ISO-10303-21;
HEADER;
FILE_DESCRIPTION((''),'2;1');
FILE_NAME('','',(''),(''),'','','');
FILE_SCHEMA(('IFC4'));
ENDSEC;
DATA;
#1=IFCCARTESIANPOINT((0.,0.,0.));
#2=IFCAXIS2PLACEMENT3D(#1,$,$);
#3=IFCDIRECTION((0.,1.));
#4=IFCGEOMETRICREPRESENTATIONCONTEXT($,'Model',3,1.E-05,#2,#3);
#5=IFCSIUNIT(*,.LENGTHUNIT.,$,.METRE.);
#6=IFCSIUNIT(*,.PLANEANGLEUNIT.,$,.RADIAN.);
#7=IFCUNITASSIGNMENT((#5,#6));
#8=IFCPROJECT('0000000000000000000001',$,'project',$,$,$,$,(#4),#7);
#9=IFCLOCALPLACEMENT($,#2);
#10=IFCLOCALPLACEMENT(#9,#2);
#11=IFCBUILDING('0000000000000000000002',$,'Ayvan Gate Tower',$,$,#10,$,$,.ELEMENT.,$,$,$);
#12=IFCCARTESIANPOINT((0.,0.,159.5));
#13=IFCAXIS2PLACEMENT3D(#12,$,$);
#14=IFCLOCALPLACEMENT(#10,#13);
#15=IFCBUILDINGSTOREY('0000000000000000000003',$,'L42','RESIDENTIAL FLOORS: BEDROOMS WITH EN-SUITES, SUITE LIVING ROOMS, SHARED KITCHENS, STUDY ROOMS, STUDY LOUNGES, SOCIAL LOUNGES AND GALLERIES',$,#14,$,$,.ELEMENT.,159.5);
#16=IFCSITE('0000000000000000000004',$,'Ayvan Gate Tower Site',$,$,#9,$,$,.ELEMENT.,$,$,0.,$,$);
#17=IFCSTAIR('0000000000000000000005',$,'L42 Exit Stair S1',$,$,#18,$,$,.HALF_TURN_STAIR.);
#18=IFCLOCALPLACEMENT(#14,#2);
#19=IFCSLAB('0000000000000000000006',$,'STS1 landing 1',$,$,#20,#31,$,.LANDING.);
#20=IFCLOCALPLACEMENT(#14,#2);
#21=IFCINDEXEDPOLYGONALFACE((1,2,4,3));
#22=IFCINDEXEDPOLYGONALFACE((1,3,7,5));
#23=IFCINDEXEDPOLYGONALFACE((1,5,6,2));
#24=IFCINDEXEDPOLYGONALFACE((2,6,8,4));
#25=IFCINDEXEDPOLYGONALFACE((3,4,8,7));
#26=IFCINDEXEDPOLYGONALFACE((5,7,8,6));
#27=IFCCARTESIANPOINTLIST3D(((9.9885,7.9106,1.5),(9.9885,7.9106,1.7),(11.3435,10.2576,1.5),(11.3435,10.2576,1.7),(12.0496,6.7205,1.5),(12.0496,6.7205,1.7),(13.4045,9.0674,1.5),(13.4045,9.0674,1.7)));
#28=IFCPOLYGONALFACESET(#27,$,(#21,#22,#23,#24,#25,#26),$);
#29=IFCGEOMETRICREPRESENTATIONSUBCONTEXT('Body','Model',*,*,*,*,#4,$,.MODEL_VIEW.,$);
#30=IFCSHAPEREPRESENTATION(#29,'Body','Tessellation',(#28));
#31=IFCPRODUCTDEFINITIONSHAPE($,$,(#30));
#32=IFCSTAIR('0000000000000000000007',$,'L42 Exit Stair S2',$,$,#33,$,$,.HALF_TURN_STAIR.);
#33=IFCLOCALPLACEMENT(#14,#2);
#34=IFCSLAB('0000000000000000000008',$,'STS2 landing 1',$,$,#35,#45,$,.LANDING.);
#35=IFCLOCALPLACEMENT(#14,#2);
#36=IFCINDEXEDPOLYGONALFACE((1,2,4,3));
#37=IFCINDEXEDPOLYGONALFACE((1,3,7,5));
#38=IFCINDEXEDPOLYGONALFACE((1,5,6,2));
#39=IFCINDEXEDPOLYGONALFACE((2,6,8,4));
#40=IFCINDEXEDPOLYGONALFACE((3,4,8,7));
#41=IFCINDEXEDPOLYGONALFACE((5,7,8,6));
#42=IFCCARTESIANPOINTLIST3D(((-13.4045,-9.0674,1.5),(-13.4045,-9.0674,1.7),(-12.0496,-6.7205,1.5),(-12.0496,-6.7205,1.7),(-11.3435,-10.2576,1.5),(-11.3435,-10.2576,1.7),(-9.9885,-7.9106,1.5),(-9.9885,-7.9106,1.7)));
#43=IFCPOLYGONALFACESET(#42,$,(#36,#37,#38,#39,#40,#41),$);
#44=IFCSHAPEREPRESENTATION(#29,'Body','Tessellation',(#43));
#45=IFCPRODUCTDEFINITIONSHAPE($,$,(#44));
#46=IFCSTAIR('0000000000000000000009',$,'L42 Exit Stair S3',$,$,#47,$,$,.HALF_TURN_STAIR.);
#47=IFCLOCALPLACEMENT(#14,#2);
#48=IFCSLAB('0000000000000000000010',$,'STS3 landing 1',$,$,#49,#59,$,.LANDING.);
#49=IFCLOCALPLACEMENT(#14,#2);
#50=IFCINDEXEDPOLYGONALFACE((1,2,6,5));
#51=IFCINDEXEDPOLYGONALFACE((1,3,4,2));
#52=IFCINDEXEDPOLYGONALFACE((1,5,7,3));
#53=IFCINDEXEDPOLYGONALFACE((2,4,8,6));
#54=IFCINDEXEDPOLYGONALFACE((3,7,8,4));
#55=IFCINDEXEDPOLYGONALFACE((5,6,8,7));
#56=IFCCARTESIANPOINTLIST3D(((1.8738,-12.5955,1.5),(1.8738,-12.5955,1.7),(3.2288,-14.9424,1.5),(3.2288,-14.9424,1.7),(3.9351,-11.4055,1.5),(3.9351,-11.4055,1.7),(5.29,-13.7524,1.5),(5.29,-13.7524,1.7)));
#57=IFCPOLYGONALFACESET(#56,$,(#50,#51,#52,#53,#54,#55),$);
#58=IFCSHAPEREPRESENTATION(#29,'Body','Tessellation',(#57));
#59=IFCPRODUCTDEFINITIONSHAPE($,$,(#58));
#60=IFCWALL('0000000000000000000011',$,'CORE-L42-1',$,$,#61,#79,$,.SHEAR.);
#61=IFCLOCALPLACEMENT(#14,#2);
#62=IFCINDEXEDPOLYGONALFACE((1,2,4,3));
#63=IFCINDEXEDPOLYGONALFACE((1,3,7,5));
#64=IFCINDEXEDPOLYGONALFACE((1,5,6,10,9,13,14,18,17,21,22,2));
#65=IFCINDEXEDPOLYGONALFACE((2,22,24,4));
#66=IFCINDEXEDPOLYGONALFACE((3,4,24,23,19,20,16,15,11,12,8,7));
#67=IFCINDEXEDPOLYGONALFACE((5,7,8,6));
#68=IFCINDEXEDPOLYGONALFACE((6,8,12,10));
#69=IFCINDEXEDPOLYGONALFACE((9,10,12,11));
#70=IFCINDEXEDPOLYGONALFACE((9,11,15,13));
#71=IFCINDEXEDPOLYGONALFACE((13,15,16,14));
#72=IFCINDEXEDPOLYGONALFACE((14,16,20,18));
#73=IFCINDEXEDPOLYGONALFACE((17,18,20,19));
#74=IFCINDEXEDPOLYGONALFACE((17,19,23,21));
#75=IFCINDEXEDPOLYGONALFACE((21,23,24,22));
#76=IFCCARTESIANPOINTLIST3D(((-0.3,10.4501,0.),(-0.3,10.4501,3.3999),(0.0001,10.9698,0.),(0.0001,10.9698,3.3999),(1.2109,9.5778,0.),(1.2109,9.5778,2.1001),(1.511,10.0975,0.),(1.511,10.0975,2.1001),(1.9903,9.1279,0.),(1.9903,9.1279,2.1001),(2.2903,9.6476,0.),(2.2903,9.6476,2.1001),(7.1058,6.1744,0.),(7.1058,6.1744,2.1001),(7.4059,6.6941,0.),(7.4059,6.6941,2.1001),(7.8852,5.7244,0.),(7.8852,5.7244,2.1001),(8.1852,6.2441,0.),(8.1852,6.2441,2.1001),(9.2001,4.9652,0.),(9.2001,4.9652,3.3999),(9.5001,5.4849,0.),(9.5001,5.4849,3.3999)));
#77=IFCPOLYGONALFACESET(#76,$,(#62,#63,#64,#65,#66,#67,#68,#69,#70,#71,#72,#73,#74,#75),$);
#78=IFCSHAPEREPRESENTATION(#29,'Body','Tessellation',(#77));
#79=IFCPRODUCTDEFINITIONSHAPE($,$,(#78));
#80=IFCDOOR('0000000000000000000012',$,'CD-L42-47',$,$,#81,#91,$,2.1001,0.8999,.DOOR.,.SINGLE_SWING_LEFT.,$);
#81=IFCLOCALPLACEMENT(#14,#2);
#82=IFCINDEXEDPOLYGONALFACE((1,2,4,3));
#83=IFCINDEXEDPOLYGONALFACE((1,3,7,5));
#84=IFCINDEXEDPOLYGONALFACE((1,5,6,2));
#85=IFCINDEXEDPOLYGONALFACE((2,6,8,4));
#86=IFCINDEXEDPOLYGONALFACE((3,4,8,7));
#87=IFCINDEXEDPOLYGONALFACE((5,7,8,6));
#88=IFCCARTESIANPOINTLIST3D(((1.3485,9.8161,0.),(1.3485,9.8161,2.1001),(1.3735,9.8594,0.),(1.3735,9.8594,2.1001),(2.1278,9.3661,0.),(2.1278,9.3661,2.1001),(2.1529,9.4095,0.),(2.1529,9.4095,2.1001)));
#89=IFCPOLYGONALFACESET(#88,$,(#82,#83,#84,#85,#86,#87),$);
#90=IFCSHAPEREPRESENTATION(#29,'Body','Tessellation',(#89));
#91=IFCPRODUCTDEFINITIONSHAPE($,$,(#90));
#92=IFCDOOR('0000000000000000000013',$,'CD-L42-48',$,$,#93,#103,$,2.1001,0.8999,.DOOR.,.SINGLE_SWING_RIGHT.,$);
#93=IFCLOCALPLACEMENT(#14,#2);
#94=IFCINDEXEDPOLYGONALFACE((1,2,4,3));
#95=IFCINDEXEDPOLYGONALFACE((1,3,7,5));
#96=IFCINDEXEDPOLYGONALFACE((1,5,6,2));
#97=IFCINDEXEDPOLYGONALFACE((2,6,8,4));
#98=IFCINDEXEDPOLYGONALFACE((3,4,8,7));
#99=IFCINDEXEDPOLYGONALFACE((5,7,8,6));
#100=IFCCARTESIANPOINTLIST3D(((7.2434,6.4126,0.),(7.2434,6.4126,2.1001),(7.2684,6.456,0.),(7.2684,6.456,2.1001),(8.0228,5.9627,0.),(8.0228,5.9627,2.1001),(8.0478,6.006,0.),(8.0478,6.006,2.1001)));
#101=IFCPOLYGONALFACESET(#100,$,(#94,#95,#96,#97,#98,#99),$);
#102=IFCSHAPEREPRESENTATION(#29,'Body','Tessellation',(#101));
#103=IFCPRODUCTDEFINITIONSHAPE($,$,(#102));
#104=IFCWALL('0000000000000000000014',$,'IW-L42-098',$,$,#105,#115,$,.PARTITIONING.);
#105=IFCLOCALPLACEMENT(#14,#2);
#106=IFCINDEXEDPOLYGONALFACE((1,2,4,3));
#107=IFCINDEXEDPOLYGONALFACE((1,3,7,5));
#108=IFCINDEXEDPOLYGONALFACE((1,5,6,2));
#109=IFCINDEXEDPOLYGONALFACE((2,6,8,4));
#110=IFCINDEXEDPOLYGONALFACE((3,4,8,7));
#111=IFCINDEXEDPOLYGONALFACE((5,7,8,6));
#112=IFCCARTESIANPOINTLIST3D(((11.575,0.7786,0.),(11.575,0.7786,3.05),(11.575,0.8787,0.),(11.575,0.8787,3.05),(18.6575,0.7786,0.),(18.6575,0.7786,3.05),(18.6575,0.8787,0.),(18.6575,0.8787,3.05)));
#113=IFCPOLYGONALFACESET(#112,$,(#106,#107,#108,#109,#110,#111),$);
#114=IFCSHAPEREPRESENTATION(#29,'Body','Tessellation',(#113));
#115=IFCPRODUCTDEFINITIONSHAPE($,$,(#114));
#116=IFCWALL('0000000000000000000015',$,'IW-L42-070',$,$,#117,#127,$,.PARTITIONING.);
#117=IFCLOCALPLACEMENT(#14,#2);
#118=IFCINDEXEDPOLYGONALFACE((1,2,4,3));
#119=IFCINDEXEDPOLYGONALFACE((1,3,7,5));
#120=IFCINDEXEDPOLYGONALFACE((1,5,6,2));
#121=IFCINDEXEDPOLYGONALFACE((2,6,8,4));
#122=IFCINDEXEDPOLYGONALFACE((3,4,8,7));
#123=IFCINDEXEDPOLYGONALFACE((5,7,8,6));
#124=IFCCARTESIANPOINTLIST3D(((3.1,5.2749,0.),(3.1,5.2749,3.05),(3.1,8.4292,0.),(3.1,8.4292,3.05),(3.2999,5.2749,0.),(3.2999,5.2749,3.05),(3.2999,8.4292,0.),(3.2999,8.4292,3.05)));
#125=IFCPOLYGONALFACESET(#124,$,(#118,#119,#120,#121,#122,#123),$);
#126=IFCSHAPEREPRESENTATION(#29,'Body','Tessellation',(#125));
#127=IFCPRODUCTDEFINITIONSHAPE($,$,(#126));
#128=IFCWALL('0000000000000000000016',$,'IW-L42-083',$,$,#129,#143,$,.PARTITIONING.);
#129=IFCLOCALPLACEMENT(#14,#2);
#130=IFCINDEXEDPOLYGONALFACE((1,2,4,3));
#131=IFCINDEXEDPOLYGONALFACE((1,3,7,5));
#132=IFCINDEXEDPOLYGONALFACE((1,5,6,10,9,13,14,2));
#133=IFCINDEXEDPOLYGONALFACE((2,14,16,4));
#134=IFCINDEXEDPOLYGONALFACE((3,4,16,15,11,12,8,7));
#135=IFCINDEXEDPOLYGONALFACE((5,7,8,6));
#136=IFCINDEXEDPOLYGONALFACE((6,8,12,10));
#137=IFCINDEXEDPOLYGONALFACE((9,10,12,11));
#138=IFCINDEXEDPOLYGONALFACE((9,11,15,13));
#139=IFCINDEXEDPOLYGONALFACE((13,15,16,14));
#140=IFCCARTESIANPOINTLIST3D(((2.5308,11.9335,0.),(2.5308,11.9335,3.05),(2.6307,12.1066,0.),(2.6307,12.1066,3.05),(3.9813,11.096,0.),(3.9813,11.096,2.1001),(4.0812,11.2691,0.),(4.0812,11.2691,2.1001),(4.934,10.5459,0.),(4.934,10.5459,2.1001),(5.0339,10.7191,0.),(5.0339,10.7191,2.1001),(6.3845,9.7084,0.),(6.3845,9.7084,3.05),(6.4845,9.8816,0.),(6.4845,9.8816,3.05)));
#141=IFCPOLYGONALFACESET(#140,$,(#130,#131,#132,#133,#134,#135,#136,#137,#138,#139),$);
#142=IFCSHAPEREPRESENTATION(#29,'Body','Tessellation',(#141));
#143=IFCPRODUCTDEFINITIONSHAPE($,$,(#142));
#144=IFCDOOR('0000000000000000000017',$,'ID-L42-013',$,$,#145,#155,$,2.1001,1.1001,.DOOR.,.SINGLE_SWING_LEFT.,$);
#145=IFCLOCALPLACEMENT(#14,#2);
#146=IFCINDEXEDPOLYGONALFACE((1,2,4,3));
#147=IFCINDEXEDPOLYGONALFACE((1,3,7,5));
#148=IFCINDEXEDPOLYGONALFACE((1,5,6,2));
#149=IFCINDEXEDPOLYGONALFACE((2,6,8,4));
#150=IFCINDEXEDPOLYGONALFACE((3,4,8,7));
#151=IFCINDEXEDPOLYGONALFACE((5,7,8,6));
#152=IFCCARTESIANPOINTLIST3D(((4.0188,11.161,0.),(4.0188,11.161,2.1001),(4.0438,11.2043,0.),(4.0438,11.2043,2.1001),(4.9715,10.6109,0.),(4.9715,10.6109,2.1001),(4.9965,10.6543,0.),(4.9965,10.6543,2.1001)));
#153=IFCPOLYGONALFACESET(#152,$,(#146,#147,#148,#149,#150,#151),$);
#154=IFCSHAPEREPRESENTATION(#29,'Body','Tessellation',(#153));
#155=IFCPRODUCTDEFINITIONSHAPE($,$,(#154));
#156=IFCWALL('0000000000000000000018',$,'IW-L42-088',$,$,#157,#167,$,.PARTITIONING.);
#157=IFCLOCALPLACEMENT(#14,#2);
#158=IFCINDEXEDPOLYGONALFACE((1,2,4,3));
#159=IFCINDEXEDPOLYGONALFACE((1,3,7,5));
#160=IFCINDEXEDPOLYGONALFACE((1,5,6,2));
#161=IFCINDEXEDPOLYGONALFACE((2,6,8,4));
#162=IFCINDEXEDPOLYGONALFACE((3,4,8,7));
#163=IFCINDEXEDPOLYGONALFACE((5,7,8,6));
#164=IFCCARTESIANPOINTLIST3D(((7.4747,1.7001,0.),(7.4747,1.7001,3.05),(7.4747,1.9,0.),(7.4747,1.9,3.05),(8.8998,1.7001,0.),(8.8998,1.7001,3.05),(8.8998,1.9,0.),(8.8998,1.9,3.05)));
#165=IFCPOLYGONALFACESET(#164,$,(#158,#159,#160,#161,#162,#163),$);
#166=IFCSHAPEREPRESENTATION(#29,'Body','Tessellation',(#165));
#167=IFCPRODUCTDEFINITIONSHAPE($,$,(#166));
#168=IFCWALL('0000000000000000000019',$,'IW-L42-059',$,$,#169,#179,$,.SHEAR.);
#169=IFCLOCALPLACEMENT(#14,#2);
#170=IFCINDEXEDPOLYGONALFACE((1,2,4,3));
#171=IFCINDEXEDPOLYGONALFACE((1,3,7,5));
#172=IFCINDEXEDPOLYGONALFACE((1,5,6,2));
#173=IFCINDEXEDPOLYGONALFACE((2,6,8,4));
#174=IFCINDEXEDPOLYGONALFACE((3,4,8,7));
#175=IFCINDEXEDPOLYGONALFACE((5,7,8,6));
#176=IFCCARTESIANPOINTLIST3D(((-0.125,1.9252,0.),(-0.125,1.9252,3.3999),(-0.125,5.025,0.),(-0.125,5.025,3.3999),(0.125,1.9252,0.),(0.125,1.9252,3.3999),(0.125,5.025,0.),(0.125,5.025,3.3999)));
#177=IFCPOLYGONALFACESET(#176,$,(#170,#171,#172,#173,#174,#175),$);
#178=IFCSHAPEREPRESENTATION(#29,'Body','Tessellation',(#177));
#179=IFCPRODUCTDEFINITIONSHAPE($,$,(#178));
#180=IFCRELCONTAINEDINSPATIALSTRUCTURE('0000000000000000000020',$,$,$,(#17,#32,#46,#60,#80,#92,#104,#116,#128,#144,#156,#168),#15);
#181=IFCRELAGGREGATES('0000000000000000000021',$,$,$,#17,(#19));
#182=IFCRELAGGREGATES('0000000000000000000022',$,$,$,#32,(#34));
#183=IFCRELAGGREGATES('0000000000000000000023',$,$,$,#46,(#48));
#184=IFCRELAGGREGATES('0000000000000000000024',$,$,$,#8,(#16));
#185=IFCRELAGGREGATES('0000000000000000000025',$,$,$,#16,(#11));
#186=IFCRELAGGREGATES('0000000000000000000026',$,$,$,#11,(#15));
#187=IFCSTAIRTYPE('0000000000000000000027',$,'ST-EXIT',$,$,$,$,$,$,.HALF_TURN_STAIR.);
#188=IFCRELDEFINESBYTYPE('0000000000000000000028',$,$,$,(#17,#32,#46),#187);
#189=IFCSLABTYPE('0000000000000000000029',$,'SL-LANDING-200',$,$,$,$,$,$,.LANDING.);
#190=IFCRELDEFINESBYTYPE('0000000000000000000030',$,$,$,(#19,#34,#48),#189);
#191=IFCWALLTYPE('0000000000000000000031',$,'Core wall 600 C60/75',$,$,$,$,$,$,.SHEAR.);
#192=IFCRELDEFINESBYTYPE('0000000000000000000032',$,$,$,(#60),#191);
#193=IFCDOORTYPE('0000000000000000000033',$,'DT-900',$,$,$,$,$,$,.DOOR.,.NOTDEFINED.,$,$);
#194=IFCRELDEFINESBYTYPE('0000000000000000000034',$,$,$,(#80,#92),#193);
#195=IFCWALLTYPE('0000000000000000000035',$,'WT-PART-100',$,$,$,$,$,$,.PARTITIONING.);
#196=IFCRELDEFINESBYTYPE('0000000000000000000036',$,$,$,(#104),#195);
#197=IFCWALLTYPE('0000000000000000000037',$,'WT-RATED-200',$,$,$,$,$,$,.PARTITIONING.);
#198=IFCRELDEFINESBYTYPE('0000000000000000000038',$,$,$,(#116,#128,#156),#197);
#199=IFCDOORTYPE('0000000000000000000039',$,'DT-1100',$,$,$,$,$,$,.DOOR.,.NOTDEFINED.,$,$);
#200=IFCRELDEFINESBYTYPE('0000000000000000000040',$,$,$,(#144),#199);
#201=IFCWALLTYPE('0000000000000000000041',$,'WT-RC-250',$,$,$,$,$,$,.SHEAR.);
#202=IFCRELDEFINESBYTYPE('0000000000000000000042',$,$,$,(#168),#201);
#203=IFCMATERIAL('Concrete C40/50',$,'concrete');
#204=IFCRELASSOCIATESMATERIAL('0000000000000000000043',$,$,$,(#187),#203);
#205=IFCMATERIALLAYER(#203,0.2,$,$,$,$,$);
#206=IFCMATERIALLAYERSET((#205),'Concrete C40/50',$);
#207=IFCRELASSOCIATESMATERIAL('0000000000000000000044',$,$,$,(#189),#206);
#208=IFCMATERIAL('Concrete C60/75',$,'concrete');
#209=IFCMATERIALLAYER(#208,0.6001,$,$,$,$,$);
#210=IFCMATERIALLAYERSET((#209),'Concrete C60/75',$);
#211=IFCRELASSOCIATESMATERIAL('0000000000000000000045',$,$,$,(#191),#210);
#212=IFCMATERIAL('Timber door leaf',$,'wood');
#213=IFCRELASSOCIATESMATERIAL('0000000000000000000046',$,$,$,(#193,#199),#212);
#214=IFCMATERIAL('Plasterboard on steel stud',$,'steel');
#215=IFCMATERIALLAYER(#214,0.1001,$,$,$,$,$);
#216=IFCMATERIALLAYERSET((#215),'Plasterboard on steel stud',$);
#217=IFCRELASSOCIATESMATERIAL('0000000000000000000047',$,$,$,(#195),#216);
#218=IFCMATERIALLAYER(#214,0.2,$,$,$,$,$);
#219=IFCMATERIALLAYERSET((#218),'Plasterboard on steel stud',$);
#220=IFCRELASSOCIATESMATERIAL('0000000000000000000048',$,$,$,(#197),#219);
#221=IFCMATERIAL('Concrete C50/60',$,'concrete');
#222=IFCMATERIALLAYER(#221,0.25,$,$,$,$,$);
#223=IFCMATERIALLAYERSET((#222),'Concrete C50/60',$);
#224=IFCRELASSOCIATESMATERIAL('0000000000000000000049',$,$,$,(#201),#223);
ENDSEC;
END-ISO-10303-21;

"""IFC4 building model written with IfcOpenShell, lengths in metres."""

from ifc_helpers import new_model, si_unit, direction, frame, frame_2d, origin, place, context, subcontext, project, spatial, polyline, rectangle, outline, extrude, material, layer, layer_set, type_object, element, fill, aggregate, save


model = new_model("IFC4")

# Units and contexts
model_context = context("Model", 3, precision=1e-05, world=origin(), true_north=direction((0.0, 1.0)))
body_context = subcontext(model_context, "Body", "Model", "MODEL_VIEW")
ifc_project = project(units=[si_unit("LENGTHUNIT", "METRE"), si_unit("PLANEANGLEUNIT", "RADIAN")], contexts=[model_context])

# Site, building, storey
site_placement = place(None, origin())
site = spatial("IfcSite", under=ifc_project, at=site_placement, Name="Ayvan Gate Tower Site", CompositionType="ELEMENT", RefElevation=0.0)
building_placement = place(site_placement, origin())
building = spatial("IfcBuilding", under=site, at=building_placement, Name="Ayvan Gate Tower", CompositionType="ELEMENT")
storey_placement = place(building_placement, frame((0.0, 0.0, 159.5)))
storey = spatial("IfcBuildingStorey", under=building, at=storey_placement, Name="L42", Description="RESIDENTIAL FLOORS: BEDROOMS WITH EN-SUITES, SUITE LIVING ROOMS, SHARED KITCHENS, STUDY ROOMS, STUDY LOUNGES, SOCIAL LOUNGES AND GALLERIES", CompositionType="ELEMENT", Elevation=159.5)

# Stairs, slabs
ifc_material_1 = material(Name="Concrete C40/50", Category="concrete")
stair_type = type_object("IfcStairType", Name="ST-EXIT", PredefinedType="HALF_TURN_STAIR", material=ifc_material_1)
stair_1_placement = place(storey_placement, origin())
stair_1 = element("IfcStair", 1, at=stair_1_placement, inside=storey, type_object=stair_type, Name="L42 Exit Stair S1", PredefinedType="HALF_TURN_STAIR")
ifc_layer_1 = layer(ifc_material_1, 0.2)
ifc_layer_set_1 = layer_set([ifc_layer_1], Name="Concrete C40/50")
slab_type = type_object("IfcSlabType", Name="SL-LANDING-200", PredefinedType="LANDING", material=ifc_layer_set_1)
slab_1_placement = place(storey_placement, frame((0.0, 0.0, 1.5)))
slab_1 = element("IfcSlab", 2, at=slab_1_placement, type_object=slab_type, Name="STS1 landing 1", PredefinedType="LANDING", context=body_context, shape_type="SweptSolid", body=[
    extrude(outline(polyline([(9.9885, 7.9106), (12.0496, 6.7205), (13.4045, 9.0674), (11.3435, 10.2576), (9.9885, 7.9106)])), origin(), (0.0, 0.0, 1.0), 0.2),
])
aggregate(stair_1, [slab_1])
stair_2_placement = place(storey_placement, origin())
stair_2 = element("IfcStair", 3, at=stair_2_placement, inside=storey, type_object=stair_type, Name="L42 Exit Stair S2", PredefinedType="HALF_TURN_STAIR")
slab_2_placement = place(storey_placement, frame((0.0, 0.0, 1.5)))
slab_2 = element("IfcSlab", 4, at=slab_2_placement, type_object=slab_type, Name="STS2 landing 1", PredefinedType="LANDING", context=body_context, shape_type="SweptSolid", body=[
    extrude(outline(polyline([(-9.9885, -7.9106), (-12.0496, -6.7205), (-13.4045, -9.0674), (-11.3435, -10.2576), (-9.9885, -7.9106)])), origin(), (0.0, 0.0, 1.0), 0.2),
])
aggregate(stair_2, [slab_2])
stair_3_placement = place(storey_placement, origin())
stair_3 = element("IfcStair", 5, at=stair_3_placement, inside=storey, type_object=stair_type, Name="L42 Exit Stair S3", PredefinedType="HALF_TURN_STAIR")
slab_3_placement = place(storey_placement, frame((0.0, 0.0, 1.5)))
slab_3 = element("IfcSlab", 6, at=slab_3_placement, type_object=slab_type, Name="STS3 landing 1", PredefinedType="LANDING", context=body_context, shape_type="SweptSolid", body=[
    extrude(outline(polyline([(3.9351, -11.4055), (1.8738, -12.5955), (3.2288, -14.9424), (5.29, -13.7524), (3.9351, -11.4055)])), origin(), (0.0, 0.0, 1.0), 0.2),
])
aggregate(stair_3, [slab_3])

# Wall, openings, doors
ifc_material_2 = material(Name="Concrete C60/75", Category="concrete")
ifc_layer_2 = layer(ifc_material_2, 0.6001)
ifc_layer_set_2 = layer_set([ifc_layer_2], Name="Concrete C60/75")
wall_type_1 = type_object("IfcWallType", Name="Core wall 600 C60/75", PredefinedType="SHEAR", material=ifc_layer_set_2)
wall_1_placement = place(storey_placement, frame((9.3501, 5.2251, 0.0), z_axis=(0.0, 0.0, 1.0), x_axis=(-0.866024, 0.500002, 0.0)))
wall_1 = element("IfcWall", 7, at=wall_1_placement, inside=storey, type_object=wall_type_1, Name="CORE-L42-1", PredefinedType="SHEAR", context=body_context, shape_type="SweptSolid", body=[
    extrude(rectangle(XDim=10.9697, YDim=0.6001, at=frame_2d((5.4849, 0.0))), origin(), (0.0, 0.0, 1.0), 3.3999),
])
opening_1_placement = place(wall_1_placement, frame((8.3252, 0.0, 0.0)))
opening_1 = element("IfcOpeningElement", 8, at=opening_1_placement, cuts=wall_1, PredefinedType="OPENING", context=body_context, shape_type="SweptSolid", body=[
    extrude(rectangle(XDim=0.8999, YDim=2.1001, at=frame_2d((0.45, 1.05))), frame((0.0, 0.3101, 0.0), z_axis=(0.0, -1.0, 0.0), x_axis=(1.0, 0.0, 0.0)), (0.0, 0.0, 1.0), 0.6201),
])
opening_2_placement = place(wall_1_placement, frame((1.5183, 0.0, 0.0)))
opening_2 = element("IfcOpeningElement", 9, at=opening_2_placement, cuts=wall_1, PredefinedType="OPENING", context=body_context, shape_type="SweptSolid", body=[
    extrude(rectangle(XDim=0.8999, YDim=2.1001, at=frame_2d((0.45, 1.05))), frame((0.0, 0.3101, 0.0), z_axis=(0.0, -1.0, 0.0), x_axis=(1.0, 0.0, 0.0)), (0.0, 0.0, 1.0), 0.6201),
])
ifc_material_3 = material(Name="Timber door leaf", Category="wood")
door_type_1 = type_object("IfcDoorType", Name="DT-900", OperationType="NOTDEFINED", PredefinedType="DOOR", material=ifc_material_3)
door_1_placement = place(opening_1_placement, origin())
door_1 = element("IfcDoor", 10, at=door_1_placement, inside=storey, type_object=door_type_1, Name="CD-L42-47", OperationType="SINGLE_SWING_LEFT", OverallHeight=2.1001, OverallWidth=0.8999, PredefinedType="DOOR", context=body_context, shape_type="SweptSolid", body=[
    extrude(rectangle(XDim=0.8999, YDim=2.1001, at=frame_2d((0.45, 1.05))), frame((0.0, 0.0249, 0.0), z_axis=(0.0, -1.0, 0.0), x_axis=(1.0, 0.0, 0.0)), (0.0, 0.0, 1.0), 0.05),
])
fill(opening_1, door_1)
door_2_placement = place(opening_2_placement, origin())
door_2 = element("IfcDoor", 11, at=door_2_placement, inside=storey, type_object=door_type_1, Name="CD-L42-48", OperationType="SINGLE_SWING_RIGHT", OverallHeight=2.1001, OverallWidth=0.8999, PredefinedType="DOOR", context=body_context, shape_type="SweptSolid", body=[
    extrude(rectangle(XDim=0.8999, YDim=2.1001, at=frame_2d((0.45, 1.05))), frame((0.0, 0.0249, 0.0), z_axis=(0.0, -1.0, 0.0), x_axis=(1.0, 0.0, 0.0)), (0.0, 0.0, 1.0), 0.05),
])
fill(opening_2, door_2)

# Walls
ifc_material_4 = material(Name="Plasterboard on steel stud", Category="steel")
ifc_layer_3 = layer(ifc_material_4, 0.1001)
ifc_layer_set_3 = layer_set([ifc_layer_3], Name="Plasterboard on steel stud")
wall_type_2 = type_object("IfcWallType", Name="WT-PART-100", PredefinedType="PARTITIONING", material=ifc_layer_set_3)
wall_2_placement = place(storey_placement, frame((11.575, 0.8286, 0.0), z_axis=(0.0, 0.0, 1.0), x_axis=(1.0, 0.0, 0.0)))
element("IfcWall", 12, at=wall_2_placement, inside=storey, type_object=wall_type_2, Name="IW-L42-098", PredefinedType="PARTITIONING", context=body_context, shape_type="SweptSolid", body=[
    extrude(rectangle(XDim=7.0825, YDim=0.1001, at=frame_2d((3.5413, 0.0))), origin(), (0.0, 0.0, 1.0), 3.05),
])
ifc_layer_4 = layer(ifc_material_4, 0.2)
ifc_layer_set_4 = layer_set([ifc_layer_4], Name="Plasterboard on steel stud")
wall_type_3 = type_object("IfcWallType", Name="WT-RATED-200", PredefinedType="PARTITIONING", material=ifc_layer_set_4)
wall_3_placement = place(storey_placement, frame((3.2, 8.4292, 0.0), z_axis=(0.0, 0.0, 1.0), x_axis=(0.0, -1.0, 0.0)))
element("IfcWall", 13, at=wall_3_placement, inside=storey, type_object=wall_type_3, Name="IW-L42-070", PredefinedType="PARTITIONING", context=body_context, shape_type="SweptSolid", body=[
    extrude(rectangle(XDim=3.1543, YDim=0.2, at=frame_2d((1.5771, 0.0))), origin(), (0.0, 0.0, 1.0), 3.05),
])

# Wall, opening, door
wall_4_placement = place(storey_placement, frame((6.4346, 9.7949, 0.0), z_axis=(0.0, 0.0, 1.0), x_axis=(-0.866013, 0.500022, 0.0)))
wall_4 = element("IfcWall", 14, at=wall_4_placement, inside=storey, type_object=wall_type_3, Name="IW-L42-083", PredefinedType="PARTITIONING", context=body_context, shape_type="SweptSolid", body=[
    extrude(rectangle(XDim=4.45, YDim=0.2, at=frame_2d((2.2251, 0.0))), origin(), (0.0, 0.0, 1.0), 3.05),
])
opening_3_placement = place(wall_4_placement, frame((1.675, 0.0, 0.0)))
opening_3 = element("IfcOpeningElement", 15, at=opening_3_placement, cuts=wall_4, PredefinedType="OPENING", context=body_context, shape_type="SweptSolid", body=[
    extrude(rectangle(XDim=1.1001, YDim=2.1001, at=frame_2d((0.55, 1.05))), frame((0.0, 0.1099, 0.0), z_axis=(0.0, -1.0, 0.0), x_axis=(1.0, 0.0, 0.0)), (0.0, 0.0, 1.0), 0.22),
])
door_type_2 = type_object("IfcDoorType", Name="DT-1100", OperationType="NOTDEFINED", PredefinedType="DOOR", material=ifc_material_3)
door_3_placement = place(opening_3_placement, origin())
door_3 = element("IfcDoor", 16, at=door_3_placement, inside=storey, type_object=door_type_2, Name="ID-L42-013", OperationType="SINGLE_SWING_LEFT", OverallHeight=2.1001, OverallWidth=1.1001, PredefinedType="DOOR", context=body_context, shape_type="SweptSolid", body=[
    extrude(rectangle(XDim=1.1001, YDim=2.1001, at=frame_2d((0.55, 1.05))), frame((0.0, 0.0249, 0.0), z_axis=(0.0, -1.0, 0.0), x_axis=(1.0, 0.0, 0.0)), (0.0, 0.0, 1.0), 0.05),
])
fill(opening_3, door_3)

# Walls
wall_5_placement = place(storey_placement, frame((7.4749, 1.8, 0.0), z_axis=(0.0, 0.0, 1.0), x_axis=(1.0, 0.0, 0.0)))
element("IfcWall", 17, at=wall_5_placement, inside=storey, type_object=wall_type_3, Name="IW-L42-088", PredefinedType="PARTITIONING", context=body_context, shape_type="SweptSolid", body=[
    extrude(rectangle(XDim=1.425, YDim=0.2, at=frame_2d((0.7124, 0.0))), origin(), (0.0, 0.0, 1.0), 3.05),
])
ifc_material_5 = material(Name="Concrete C50/60", Category="concrete")
ifc_layer_5 = layer(ifc_material_5, 0.25)
ifc_layer_set_5 = layer_set([ifc_layer_5], Name="Concrete C50/60")
wall_type_4 = type_object("IfcWallType", Name="WT-RC-250", PredefinedType="SHEAR", material=ifc_layer_set_5)
for number, where, z_axis, x_axis, name in (
    (18, (0.0, 5.0249, 0.0), (0.0, 0.0, 1.0), (0.0, -1.0, 0.0), "IW-L42-059"),
):
    element("IfcWall", number, at=place(storey_placement, frame(where, z_axis=z_axis, x_axis=x_axis)), inside=storey, type_object=wall_type_4, Name=name, PredefinedType="SHEAR", context=body_context, shape_type="SweptSolid", body=[
        extrude(rectangle(XDim=3.0999, YDim=0.25, at=frame_2d((1.5498, 0.0))), origin(), (0.0, 0.0, 1.0), 3.3999),
    ])

save(model, "model.ifc")
